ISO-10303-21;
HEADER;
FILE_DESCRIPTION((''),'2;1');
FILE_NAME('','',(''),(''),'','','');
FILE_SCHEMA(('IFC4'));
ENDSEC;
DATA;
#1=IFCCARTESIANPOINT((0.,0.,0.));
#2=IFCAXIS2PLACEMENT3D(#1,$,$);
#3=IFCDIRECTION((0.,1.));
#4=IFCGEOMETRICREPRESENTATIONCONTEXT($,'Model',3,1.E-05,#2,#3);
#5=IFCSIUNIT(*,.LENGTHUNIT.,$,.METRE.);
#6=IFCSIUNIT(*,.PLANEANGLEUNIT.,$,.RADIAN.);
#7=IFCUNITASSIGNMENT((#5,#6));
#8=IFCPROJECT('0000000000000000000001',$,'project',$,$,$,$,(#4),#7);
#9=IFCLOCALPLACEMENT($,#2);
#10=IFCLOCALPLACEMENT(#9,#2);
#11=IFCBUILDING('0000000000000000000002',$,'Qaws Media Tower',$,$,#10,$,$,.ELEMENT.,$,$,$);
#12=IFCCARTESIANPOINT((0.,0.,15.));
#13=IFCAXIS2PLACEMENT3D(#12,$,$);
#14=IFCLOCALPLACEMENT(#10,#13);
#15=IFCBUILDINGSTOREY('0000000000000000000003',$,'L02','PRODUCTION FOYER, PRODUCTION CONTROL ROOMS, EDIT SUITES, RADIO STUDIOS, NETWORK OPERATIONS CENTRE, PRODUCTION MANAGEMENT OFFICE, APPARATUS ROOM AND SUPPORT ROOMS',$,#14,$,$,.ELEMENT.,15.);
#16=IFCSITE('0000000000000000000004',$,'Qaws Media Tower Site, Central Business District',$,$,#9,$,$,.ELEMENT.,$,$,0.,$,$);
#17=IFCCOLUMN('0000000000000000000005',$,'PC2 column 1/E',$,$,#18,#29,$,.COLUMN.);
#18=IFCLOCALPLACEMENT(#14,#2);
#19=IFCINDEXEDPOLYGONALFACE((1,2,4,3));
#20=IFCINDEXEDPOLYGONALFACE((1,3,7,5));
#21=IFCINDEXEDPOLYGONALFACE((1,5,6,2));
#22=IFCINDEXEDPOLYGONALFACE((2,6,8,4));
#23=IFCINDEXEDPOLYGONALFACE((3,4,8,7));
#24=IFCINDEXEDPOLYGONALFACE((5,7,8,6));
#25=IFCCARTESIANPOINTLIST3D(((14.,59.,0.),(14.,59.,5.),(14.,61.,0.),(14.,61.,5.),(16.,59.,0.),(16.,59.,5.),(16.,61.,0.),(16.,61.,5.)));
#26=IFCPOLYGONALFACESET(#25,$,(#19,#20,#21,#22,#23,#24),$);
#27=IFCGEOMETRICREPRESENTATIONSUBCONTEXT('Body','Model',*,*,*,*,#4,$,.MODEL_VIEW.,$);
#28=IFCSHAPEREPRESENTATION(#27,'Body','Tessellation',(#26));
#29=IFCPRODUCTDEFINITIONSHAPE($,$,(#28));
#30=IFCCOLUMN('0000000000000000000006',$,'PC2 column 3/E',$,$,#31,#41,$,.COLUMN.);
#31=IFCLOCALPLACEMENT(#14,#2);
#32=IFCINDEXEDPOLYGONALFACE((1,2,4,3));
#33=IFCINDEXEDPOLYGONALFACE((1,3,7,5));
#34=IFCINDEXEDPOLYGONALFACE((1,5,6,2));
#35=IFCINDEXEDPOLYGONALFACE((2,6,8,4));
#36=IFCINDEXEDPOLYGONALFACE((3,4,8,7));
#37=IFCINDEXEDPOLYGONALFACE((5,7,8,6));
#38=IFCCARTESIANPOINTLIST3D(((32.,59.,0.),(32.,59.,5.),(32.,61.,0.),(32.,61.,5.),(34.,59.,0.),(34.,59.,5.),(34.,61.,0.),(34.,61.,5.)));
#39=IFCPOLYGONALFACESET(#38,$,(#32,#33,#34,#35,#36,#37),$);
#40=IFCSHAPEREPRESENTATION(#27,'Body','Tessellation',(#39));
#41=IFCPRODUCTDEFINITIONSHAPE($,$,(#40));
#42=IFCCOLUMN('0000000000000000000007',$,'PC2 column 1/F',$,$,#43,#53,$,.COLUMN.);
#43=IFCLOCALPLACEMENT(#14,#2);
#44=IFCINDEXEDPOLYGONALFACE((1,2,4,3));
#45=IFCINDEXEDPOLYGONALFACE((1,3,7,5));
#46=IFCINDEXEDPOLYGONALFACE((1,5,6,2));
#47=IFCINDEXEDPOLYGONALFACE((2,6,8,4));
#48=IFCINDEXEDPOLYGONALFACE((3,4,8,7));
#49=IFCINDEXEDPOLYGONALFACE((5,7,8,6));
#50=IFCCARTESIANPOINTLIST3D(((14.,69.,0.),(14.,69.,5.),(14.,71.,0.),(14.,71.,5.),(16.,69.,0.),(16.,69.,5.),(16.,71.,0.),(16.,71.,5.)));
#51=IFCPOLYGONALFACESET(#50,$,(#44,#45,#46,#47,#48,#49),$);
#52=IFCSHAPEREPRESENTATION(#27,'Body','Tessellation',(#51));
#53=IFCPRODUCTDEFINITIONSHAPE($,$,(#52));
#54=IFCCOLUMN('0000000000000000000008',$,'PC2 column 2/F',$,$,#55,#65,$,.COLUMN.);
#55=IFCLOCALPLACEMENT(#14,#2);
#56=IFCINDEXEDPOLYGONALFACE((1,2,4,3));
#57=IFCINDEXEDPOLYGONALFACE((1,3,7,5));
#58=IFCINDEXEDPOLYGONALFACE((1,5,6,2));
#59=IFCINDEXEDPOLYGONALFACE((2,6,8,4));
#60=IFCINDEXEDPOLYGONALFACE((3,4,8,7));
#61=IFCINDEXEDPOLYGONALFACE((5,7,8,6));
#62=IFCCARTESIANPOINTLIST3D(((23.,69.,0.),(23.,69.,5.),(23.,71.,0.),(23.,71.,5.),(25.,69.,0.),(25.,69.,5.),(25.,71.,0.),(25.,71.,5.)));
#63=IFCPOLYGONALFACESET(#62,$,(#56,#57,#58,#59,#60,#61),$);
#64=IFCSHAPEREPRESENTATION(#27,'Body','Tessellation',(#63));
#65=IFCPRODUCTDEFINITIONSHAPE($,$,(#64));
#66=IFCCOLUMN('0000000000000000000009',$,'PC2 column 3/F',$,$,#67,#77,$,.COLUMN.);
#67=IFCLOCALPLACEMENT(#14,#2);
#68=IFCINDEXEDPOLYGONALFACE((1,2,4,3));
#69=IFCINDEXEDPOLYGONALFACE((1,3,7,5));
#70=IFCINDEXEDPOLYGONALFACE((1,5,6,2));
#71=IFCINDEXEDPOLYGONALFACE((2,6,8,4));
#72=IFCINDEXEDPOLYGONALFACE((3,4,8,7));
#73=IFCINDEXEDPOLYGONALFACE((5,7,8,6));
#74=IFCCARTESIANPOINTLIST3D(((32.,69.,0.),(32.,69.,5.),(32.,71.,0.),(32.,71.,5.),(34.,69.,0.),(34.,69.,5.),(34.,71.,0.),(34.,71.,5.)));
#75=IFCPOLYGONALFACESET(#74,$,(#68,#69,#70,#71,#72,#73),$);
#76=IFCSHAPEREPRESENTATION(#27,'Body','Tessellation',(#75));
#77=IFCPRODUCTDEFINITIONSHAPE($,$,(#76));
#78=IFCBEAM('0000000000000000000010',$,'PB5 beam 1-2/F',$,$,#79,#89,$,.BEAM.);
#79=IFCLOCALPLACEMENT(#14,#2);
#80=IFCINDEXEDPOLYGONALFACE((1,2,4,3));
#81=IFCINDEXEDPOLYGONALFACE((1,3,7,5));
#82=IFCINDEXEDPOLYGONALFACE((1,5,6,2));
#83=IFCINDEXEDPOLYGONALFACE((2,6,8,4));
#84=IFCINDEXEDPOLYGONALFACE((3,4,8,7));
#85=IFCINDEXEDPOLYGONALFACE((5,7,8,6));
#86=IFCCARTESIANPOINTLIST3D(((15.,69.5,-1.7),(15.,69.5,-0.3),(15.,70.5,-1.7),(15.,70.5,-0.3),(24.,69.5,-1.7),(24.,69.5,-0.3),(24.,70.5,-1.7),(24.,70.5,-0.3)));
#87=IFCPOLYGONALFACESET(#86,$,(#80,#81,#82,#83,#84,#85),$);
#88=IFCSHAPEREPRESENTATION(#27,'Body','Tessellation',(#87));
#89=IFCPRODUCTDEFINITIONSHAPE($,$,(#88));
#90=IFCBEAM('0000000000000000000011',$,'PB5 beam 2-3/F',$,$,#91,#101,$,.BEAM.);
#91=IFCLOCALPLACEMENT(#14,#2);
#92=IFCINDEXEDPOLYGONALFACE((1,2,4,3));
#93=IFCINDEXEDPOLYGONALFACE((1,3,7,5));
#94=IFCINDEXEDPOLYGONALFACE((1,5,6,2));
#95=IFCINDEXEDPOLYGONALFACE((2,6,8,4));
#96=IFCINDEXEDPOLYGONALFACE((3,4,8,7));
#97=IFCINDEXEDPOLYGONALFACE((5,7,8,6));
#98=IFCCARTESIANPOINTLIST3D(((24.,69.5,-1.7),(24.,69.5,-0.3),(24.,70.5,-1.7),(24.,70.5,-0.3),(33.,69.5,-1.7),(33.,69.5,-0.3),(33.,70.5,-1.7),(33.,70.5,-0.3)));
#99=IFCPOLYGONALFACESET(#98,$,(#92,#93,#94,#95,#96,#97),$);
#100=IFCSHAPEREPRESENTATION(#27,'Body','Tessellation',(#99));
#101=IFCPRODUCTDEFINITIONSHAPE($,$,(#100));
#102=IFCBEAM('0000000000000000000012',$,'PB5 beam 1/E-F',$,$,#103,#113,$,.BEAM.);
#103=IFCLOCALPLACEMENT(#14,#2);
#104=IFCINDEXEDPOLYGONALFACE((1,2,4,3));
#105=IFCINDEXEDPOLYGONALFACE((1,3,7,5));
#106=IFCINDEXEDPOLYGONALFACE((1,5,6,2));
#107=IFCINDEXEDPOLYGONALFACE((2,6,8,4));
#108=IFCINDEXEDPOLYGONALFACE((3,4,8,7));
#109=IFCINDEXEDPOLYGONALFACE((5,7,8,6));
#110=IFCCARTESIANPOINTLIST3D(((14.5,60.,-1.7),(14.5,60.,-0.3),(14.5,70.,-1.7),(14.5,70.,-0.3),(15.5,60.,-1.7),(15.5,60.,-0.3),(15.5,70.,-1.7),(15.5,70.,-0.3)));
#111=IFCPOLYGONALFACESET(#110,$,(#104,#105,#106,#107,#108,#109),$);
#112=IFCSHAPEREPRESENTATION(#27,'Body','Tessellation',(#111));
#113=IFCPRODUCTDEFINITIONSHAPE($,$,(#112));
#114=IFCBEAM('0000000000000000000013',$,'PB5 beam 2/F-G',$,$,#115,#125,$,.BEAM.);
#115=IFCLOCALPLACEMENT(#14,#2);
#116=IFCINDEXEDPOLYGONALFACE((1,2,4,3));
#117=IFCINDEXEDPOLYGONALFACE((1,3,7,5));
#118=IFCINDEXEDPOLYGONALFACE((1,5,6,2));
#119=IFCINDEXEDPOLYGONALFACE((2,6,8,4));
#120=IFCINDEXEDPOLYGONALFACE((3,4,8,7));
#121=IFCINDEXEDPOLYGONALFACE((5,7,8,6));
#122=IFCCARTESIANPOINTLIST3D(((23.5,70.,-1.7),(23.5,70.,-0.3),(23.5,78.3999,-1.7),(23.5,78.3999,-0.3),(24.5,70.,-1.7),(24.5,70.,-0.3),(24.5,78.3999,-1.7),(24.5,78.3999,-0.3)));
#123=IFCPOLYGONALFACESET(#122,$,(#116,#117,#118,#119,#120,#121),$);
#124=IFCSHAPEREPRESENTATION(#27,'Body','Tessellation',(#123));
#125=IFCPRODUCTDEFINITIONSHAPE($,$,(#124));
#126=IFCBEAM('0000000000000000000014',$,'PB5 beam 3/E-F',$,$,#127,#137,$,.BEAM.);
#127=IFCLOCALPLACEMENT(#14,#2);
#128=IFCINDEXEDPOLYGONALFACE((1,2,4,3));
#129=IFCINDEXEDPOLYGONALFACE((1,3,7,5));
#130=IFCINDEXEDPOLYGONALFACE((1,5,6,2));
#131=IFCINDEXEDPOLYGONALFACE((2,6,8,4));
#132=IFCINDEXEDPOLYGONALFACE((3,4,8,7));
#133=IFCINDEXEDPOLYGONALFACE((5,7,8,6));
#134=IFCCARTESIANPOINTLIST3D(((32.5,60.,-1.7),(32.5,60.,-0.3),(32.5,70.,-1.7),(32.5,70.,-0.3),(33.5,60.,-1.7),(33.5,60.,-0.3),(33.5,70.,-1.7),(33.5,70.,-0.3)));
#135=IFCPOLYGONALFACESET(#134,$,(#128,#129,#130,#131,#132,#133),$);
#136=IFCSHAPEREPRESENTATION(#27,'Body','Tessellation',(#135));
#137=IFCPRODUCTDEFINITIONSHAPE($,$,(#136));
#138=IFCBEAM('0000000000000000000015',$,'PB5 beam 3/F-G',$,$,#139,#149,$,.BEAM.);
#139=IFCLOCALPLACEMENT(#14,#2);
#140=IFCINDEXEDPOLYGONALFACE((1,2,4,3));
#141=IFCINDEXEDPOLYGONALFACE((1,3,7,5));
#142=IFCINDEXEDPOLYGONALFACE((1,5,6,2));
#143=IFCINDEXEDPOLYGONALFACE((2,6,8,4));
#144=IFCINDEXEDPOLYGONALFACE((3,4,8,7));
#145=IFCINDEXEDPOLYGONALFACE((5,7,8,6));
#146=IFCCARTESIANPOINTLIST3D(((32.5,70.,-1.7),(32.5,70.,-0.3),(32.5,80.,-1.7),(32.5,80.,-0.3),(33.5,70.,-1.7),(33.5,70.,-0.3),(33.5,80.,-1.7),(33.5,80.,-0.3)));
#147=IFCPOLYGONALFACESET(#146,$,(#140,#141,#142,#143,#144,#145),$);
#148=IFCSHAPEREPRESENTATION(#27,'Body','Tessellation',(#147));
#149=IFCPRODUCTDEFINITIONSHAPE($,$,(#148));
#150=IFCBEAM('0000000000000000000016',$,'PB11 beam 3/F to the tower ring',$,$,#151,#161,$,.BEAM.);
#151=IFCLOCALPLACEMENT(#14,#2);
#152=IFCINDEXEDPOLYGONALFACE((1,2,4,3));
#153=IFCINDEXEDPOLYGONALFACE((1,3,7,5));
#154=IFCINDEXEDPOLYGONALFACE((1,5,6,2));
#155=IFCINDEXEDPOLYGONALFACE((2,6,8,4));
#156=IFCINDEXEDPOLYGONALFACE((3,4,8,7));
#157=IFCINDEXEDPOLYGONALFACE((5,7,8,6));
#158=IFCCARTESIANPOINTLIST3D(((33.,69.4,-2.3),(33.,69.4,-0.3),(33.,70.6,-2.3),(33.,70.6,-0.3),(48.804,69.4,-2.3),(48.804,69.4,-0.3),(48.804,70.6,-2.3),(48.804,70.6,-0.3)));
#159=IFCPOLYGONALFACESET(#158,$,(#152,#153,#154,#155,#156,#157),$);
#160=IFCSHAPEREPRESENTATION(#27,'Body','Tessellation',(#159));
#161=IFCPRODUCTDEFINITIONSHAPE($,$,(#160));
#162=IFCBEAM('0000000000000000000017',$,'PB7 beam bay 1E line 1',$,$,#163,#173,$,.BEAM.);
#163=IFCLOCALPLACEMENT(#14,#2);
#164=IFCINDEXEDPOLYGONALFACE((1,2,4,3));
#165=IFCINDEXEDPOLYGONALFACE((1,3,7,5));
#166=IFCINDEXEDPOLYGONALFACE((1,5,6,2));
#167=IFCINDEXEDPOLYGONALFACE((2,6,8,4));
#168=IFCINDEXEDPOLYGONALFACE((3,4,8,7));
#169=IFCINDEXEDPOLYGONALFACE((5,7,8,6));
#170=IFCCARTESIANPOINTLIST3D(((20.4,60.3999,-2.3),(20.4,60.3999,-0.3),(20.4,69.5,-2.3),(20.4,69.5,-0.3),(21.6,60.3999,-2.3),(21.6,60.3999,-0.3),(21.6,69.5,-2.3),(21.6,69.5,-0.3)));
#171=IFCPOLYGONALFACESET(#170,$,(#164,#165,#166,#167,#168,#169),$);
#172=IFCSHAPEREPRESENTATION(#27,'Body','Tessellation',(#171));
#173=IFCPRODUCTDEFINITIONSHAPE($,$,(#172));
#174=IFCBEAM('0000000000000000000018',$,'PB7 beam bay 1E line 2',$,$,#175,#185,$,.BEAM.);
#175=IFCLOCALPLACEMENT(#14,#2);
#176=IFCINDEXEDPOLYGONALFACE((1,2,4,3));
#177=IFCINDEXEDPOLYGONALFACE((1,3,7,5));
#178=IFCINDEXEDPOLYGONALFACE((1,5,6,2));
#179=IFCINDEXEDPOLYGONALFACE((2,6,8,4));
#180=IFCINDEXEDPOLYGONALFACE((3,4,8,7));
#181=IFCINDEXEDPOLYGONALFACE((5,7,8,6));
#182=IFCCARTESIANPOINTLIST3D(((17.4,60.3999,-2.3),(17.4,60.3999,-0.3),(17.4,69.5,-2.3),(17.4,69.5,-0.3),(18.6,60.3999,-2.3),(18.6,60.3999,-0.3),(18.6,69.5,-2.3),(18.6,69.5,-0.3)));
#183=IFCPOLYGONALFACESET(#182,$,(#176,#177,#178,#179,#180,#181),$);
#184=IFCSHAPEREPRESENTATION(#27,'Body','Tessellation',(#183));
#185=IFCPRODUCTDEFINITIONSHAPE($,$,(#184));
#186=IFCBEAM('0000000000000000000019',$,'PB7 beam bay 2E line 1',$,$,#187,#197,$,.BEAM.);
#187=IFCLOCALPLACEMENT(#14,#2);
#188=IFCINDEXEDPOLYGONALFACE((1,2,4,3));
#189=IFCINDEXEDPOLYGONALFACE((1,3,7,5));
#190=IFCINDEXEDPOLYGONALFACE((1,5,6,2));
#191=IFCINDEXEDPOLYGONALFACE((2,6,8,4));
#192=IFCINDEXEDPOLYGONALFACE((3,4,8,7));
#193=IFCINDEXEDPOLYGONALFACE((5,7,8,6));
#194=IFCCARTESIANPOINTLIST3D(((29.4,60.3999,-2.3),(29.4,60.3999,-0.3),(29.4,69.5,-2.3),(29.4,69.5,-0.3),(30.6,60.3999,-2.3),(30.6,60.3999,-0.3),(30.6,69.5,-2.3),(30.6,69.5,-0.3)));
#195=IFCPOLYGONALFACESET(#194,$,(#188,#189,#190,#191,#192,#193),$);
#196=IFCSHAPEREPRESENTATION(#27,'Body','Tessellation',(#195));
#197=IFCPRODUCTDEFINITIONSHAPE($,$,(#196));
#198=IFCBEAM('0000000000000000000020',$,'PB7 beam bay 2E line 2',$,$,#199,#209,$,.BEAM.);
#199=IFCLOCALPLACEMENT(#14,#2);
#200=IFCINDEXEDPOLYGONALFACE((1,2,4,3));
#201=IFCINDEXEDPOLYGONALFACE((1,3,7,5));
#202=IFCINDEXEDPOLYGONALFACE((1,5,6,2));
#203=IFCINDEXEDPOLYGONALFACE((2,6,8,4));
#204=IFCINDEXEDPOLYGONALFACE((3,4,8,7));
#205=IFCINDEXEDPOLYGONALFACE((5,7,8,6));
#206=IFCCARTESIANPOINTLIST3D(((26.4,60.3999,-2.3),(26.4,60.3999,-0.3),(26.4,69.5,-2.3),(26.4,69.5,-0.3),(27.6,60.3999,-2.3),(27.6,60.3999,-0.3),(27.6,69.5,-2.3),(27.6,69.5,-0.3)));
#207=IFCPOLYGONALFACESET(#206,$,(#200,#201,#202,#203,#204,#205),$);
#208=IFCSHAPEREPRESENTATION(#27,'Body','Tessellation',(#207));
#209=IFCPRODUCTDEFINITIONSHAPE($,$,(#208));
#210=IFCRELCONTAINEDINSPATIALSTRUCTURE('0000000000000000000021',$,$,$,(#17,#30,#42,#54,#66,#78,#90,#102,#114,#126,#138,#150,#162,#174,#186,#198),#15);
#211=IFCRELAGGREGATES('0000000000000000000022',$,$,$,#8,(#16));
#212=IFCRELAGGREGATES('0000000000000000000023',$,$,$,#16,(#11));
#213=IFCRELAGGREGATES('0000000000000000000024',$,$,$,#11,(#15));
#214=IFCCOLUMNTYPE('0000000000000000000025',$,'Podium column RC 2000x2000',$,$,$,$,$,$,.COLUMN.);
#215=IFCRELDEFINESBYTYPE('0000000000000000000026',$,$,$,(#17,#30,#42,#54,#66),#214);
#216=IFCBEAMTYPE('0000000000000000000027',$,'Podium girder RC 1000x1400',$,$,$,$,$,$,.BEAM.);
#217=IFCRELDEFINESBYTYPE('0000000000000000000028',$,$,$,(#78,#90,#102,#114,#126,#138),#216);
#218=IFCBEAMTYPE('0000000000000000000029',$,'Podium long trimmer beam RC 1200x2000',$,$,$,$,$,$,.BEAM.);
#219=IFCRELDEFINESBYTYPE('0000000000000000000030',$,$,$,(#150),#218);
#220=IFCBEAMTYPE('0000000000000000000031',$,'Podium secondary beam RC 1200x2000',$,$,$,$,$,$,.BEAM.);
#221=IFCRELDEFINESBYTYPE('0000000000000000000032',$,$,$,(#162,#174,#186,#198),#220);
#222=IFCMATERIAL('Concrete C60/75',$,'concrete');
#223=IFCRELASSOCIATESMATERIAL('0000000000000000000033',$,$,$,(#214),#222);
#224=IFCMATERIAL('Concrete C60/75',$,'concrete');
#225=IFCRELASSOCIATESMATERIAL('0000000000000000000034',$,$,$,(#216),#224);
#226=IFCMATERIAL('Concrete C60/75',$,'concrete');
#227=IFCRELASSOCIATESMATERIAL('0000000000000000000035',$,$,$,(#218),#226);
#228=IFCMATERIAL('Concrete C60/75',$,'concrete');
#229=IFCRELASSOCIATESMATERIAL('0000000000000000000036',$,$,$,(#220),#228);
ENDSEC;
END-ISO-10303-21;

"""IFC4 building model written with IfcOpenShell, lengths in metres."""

from ifc_helpers import new_model, si_unit, direction, frame, origin, origin_2d, place, context, subcontext, project, spatial, rectangle, extrude, material, material_profile, profile_set, type_object, element, save


model = new_model("IFC4")

# Units and contexts
model_context = context("Model", 3, precision=1e-05, world=origin(), true_north=direction((0.0, 1.0)))
body_context = subcontext(model_context, "Body", "Model", "MODEL_VIEW")
ifc_project = project(units=[si_unit("LENGTHUNIT", "METRE"), si_unit("PLANEANGLEUNIT", "RADIAN")], contexts=[model_context])

# Site, building, storey
site_placement = place(None, origin())
site = spatial("IfcSite", under=ifc_project, at=site_placement, Name="Qaws Media Tower Site, Central Business District", CompositionType="ELEMENT", RefElevation=0.0)
building_placement = place(site_placement, origin())
building = spatial("IfcBuilding", under=site, at=building_placement, Name="Qaws Media Tower", CompositionType="ELEMENT")
storey_placement = place(building_placement, frame((0.0, 0.0, 15.0)))
storey = spatial("IfcBuildingStorey", under=building, at=storey_placement, Name="L02", Description="PRODUCTION FOYER, PRODUCTION CONTROL ROOMS, EDIT SUITES, RADIO STUDIOS, NETWORK OPERATIONS CENTRE, PRODUCTION MANAGEMENT OFFICE, APPARATUS ROOM AND SUPPORT ROOMS", CompositionType="ELEMENT", Elevation=15.0)

# Columns
ifc_material_1 = material(Name="Concrete C60/75", Category="concrete")
ifc_material_profile_1 = material_profile(ifc_material_1, rectangle(XDim=2.0, YDim=2.0, at=origin_2d()), Name="RC 2000x2000")
ifc_profile_set_1 = profile_set([ifc_material_profile_1], Name="Concrete C60/75")
column_type = type_object("IfcColumnType", Name="Podium column RC 2000x2000", PredefinedType="COLUMN", material=ifc_profile_set_1)
for number, where, z_axis, x_axis, name in (
    (1, (15.0, 60.0, 0.0), (0.0, 0.0, 1.0), (1.0, 0.0, 0.0), "PC2 column 1/E"),
    (2, (33.0, 60.0, 0.0), (0.0, 0.0, 1.0), (1.0, 0.0, 0.0), "PC2 column 3/E"),
    (3, (15.0, 70.0, 0.0), (0.0, 0.0, 1.0), (1.0, 0.0, 0.0), "PC2 column 1/F"),
    (4, (24.0, 70.0, 0.0), (0.0, 0.0, 1.0), (1.0, 0.0, 0.0), "PC2 column 2/F"),
    (5, (33.0, 70.0, 0.0), (0.0, 0.0, 1.0), (1.0, 0.0, 0.0), "PC2 column 3/F"),
):
    element("IfcColumn", number, at=place(storey_placement, frame(where, z_axis=z_axis, x_axis=x_axis)), inside=storey, type_object=column_type, Name=name, PredefinedType="COLUMN", context=body_context, shape_type="SweptSolid", body=[
        extrude(rectangle(XDim=2.0, YDim=2.0, at=origin_2d()), origin(), (0.0, 0.0, 1.0), 5.0),
    ])

# Beams
ifc_material_2 = material(Name="Concrete C60/75", Category="concrete")
ifc_material_profile_2 = material_profile(ifc_material_2, rectangle(XDim=1.0, YDim=1.3999, at=origin_2d()), Name="RC 1000x1400")
ifc_profile_set_2 = profile_set([ifc_material_profile_2], Name="Concrete C60/75")
beam_type_1 = type_object("IfcBeamType", Name="Podium girder RC 1000x1400", PredefinedType="BEAM", material=ifc_profile_set_2)
for number, where, z_axis, x_axis, name in (
    (6, (15.0, 70.0, -1.0), (1.0, 0.0, 0.0), (0.0, 1.0, 0.0), "PB5 beam 1-2/F"),
    (7, (24.0, 70.0, -1.0), (1.0, 0.0, 0.0), (0.0, 1.0, 0.0), "PB5 beam 2-3/F"),
):
    element("IfcBeam", number, at=place(storey_placement, frame(where, z_axis=z_axis, x_axis=x_axis)), inside=storey, type_object=beam_type_1, Name=name, PredefinedType="BEAM", context=body_context, shape_type="SweptSolid", body=[
        extrude(rectangle(XDim=1.0, YDim=1.3999, at=origin_2d()), origin(), (0.0, 0.0, 1.0), 9.0),
    ])
beam_1_placement = place(storey_placement, frame((15.0, 60.0, -1.0), z_axis=(0.0, 1.0, 0.0), x_axis=(-1.0, 0.0, 0.0)))
element("IfcBeam", 8, at=beam_1_placement, inside=storey, type_object=beam_type_1, Name="PB5 beam 1/E-F", PredefinedType="BEAM", context=body_context, shape_type="SweptSolid", body=[
    extrude(rectangle(XDim=1.0, YDim=1.3999, at=origin_2d()), origin(), (0.0, 0.0, 1.0), 10.0),
])
beam_2_placement = place(storey_placement, frame((24.0, 70.0, -1.0), z_axis=(0.0, 1.0, 0.0), x_axis=(-1.0, 0.0, 0.0)))
element("IfcBeam", 9, at=beam_2_placement, inside=storey, type_object=beam_type_1, Name="PB5 beam 2/F-G", PredefinedType="BEAM", context=body_context, shape_type="SweptSolid", body=[
    extrude(rectangle(XDim=1.0, YDim=1.3999, at=origin_2d()), origin(), (0.0, 0.0, 1.0), 8.3999),
])
for number, where, z_axis, x_axis, name in (
    (10, (33.0, 60.0, -1.0), (0.0, 1.0, 0.0), (-1.0, 0.0, 0.0), "PB5 beam 3/E-F"),
    (11, (33.0, 70.0, -1.0), (0.0, 1.0, 0.0), (-1.0, 0.0, 0.0), "PB5 beam 3/F-G"),
):
    element("IfcBeam", number, at=place(storey_placement, frame(where, z_axis=z_axis, x_axis=x_axis)), inside=storey, type_object=beam_type_1, Name=name, PredefinedType="BEAM", context=body_context, shape_type="SweptSolid", body=[
        extrude(rectangle(XDim=1.0, YDim=1.3999, at=origin_2d()), origin(), (0.0, 0.0, 1.0), 10.0),
    ])
ifc_material_3 = material(Name="Concrete C60/75", Category="concrete")
ifc_material_profile_3 = material_profile(ifc_material_3, rectangle(XDim=1.2, YDim=2.0, at=origin_2d()), Name="RC 1200x2000")
ifc_profile_set_3 = profile_set([ifc_material_profile_3], Name="Concrete C60/75")
beam_type_2 = type_object("IfcBeamType", Name="Podium long trimmer beam RC 1200x2000", PredefinedType="BEAM", material=ifc_profile_set_3)
beam_3_placement = place(storey_placement, frame((33.0, 70.0, -1.3), z_axis=(1.0, 0.0, 0.0), x_axis=(0.0, 1.0, 0.0)))
element("IfcBeam", 12, at=beam_3_placement, inside=storey, type_object=beam_type_2, Name="PB11 beam 3/F to the tower ring", PredefinedType="BEAM", context=body_context, shape_type="SweptSolid", body=[
    extrude(rectangle(XDim=1.2, YDim=2.0, at=origin_2d()), origin(), (0.0, 0.0, 1.0), 15.804),
])
ifc_material_4 = material(Name="Concrete C60/75", Category="concrete")
ifc_material_profile_4 = material_profile(ifc_material_4, rectangle(XDim=1.2, YDim=2.0, at=origin_2d()), Name="RC 1200x2000")
ifc_profile_set_4 = profile_set([ifc_material_profile_4], Name="Concrete C60/75")
beam_type_3 = type_object("IfcBeamType", Name="Podium secondary beam RC 1200x2000", PredefinedType="BEAM", material=ifc_profile_set_4)
for number, where, z_axis, x_axis, name in (
    (13, (21.0, 60.3999, -1.3), (0.0, 1.0, 0.0), (-1.0, 0.0, 0.0), "PB7 beam bay 1E line 1"),
    (14, (18.0, 60.3999, -1.3), (0.0, 1.0, 0.0), (-1.0, 0.0, 0.0), "PB7 beam bay 1E line 2"),
    (15, (30.0, 60.3999, -1.3), (0.0, 1.0, 0.0), (-1.0, 0.0, 0.0), "PB7 beam bay 2E line 1"),
    (16, (27.0, 60.3999, -1.3), (0.0, 1.0, 0.0), (-1.0, 0.0, 0.0), "PB7 beam bay 2E line 2"),
):
    element("IfcBeam", number, at=place(storey_placement, frame(where, z_axis=z_axis, x_axis=x_axis)), inside=storey, type_object=beam_type_3, Name=name, PredefinedType="BEAM", context=body_context, shape_type="SweptSolid", body=[
        extrude(rectangle(XDim=1.2, YDim=2.0, at=origin_2d()), origin(), (0.0, 0.0, 1.0), 9.1001),
    ])

save(model, "model.ifc")
